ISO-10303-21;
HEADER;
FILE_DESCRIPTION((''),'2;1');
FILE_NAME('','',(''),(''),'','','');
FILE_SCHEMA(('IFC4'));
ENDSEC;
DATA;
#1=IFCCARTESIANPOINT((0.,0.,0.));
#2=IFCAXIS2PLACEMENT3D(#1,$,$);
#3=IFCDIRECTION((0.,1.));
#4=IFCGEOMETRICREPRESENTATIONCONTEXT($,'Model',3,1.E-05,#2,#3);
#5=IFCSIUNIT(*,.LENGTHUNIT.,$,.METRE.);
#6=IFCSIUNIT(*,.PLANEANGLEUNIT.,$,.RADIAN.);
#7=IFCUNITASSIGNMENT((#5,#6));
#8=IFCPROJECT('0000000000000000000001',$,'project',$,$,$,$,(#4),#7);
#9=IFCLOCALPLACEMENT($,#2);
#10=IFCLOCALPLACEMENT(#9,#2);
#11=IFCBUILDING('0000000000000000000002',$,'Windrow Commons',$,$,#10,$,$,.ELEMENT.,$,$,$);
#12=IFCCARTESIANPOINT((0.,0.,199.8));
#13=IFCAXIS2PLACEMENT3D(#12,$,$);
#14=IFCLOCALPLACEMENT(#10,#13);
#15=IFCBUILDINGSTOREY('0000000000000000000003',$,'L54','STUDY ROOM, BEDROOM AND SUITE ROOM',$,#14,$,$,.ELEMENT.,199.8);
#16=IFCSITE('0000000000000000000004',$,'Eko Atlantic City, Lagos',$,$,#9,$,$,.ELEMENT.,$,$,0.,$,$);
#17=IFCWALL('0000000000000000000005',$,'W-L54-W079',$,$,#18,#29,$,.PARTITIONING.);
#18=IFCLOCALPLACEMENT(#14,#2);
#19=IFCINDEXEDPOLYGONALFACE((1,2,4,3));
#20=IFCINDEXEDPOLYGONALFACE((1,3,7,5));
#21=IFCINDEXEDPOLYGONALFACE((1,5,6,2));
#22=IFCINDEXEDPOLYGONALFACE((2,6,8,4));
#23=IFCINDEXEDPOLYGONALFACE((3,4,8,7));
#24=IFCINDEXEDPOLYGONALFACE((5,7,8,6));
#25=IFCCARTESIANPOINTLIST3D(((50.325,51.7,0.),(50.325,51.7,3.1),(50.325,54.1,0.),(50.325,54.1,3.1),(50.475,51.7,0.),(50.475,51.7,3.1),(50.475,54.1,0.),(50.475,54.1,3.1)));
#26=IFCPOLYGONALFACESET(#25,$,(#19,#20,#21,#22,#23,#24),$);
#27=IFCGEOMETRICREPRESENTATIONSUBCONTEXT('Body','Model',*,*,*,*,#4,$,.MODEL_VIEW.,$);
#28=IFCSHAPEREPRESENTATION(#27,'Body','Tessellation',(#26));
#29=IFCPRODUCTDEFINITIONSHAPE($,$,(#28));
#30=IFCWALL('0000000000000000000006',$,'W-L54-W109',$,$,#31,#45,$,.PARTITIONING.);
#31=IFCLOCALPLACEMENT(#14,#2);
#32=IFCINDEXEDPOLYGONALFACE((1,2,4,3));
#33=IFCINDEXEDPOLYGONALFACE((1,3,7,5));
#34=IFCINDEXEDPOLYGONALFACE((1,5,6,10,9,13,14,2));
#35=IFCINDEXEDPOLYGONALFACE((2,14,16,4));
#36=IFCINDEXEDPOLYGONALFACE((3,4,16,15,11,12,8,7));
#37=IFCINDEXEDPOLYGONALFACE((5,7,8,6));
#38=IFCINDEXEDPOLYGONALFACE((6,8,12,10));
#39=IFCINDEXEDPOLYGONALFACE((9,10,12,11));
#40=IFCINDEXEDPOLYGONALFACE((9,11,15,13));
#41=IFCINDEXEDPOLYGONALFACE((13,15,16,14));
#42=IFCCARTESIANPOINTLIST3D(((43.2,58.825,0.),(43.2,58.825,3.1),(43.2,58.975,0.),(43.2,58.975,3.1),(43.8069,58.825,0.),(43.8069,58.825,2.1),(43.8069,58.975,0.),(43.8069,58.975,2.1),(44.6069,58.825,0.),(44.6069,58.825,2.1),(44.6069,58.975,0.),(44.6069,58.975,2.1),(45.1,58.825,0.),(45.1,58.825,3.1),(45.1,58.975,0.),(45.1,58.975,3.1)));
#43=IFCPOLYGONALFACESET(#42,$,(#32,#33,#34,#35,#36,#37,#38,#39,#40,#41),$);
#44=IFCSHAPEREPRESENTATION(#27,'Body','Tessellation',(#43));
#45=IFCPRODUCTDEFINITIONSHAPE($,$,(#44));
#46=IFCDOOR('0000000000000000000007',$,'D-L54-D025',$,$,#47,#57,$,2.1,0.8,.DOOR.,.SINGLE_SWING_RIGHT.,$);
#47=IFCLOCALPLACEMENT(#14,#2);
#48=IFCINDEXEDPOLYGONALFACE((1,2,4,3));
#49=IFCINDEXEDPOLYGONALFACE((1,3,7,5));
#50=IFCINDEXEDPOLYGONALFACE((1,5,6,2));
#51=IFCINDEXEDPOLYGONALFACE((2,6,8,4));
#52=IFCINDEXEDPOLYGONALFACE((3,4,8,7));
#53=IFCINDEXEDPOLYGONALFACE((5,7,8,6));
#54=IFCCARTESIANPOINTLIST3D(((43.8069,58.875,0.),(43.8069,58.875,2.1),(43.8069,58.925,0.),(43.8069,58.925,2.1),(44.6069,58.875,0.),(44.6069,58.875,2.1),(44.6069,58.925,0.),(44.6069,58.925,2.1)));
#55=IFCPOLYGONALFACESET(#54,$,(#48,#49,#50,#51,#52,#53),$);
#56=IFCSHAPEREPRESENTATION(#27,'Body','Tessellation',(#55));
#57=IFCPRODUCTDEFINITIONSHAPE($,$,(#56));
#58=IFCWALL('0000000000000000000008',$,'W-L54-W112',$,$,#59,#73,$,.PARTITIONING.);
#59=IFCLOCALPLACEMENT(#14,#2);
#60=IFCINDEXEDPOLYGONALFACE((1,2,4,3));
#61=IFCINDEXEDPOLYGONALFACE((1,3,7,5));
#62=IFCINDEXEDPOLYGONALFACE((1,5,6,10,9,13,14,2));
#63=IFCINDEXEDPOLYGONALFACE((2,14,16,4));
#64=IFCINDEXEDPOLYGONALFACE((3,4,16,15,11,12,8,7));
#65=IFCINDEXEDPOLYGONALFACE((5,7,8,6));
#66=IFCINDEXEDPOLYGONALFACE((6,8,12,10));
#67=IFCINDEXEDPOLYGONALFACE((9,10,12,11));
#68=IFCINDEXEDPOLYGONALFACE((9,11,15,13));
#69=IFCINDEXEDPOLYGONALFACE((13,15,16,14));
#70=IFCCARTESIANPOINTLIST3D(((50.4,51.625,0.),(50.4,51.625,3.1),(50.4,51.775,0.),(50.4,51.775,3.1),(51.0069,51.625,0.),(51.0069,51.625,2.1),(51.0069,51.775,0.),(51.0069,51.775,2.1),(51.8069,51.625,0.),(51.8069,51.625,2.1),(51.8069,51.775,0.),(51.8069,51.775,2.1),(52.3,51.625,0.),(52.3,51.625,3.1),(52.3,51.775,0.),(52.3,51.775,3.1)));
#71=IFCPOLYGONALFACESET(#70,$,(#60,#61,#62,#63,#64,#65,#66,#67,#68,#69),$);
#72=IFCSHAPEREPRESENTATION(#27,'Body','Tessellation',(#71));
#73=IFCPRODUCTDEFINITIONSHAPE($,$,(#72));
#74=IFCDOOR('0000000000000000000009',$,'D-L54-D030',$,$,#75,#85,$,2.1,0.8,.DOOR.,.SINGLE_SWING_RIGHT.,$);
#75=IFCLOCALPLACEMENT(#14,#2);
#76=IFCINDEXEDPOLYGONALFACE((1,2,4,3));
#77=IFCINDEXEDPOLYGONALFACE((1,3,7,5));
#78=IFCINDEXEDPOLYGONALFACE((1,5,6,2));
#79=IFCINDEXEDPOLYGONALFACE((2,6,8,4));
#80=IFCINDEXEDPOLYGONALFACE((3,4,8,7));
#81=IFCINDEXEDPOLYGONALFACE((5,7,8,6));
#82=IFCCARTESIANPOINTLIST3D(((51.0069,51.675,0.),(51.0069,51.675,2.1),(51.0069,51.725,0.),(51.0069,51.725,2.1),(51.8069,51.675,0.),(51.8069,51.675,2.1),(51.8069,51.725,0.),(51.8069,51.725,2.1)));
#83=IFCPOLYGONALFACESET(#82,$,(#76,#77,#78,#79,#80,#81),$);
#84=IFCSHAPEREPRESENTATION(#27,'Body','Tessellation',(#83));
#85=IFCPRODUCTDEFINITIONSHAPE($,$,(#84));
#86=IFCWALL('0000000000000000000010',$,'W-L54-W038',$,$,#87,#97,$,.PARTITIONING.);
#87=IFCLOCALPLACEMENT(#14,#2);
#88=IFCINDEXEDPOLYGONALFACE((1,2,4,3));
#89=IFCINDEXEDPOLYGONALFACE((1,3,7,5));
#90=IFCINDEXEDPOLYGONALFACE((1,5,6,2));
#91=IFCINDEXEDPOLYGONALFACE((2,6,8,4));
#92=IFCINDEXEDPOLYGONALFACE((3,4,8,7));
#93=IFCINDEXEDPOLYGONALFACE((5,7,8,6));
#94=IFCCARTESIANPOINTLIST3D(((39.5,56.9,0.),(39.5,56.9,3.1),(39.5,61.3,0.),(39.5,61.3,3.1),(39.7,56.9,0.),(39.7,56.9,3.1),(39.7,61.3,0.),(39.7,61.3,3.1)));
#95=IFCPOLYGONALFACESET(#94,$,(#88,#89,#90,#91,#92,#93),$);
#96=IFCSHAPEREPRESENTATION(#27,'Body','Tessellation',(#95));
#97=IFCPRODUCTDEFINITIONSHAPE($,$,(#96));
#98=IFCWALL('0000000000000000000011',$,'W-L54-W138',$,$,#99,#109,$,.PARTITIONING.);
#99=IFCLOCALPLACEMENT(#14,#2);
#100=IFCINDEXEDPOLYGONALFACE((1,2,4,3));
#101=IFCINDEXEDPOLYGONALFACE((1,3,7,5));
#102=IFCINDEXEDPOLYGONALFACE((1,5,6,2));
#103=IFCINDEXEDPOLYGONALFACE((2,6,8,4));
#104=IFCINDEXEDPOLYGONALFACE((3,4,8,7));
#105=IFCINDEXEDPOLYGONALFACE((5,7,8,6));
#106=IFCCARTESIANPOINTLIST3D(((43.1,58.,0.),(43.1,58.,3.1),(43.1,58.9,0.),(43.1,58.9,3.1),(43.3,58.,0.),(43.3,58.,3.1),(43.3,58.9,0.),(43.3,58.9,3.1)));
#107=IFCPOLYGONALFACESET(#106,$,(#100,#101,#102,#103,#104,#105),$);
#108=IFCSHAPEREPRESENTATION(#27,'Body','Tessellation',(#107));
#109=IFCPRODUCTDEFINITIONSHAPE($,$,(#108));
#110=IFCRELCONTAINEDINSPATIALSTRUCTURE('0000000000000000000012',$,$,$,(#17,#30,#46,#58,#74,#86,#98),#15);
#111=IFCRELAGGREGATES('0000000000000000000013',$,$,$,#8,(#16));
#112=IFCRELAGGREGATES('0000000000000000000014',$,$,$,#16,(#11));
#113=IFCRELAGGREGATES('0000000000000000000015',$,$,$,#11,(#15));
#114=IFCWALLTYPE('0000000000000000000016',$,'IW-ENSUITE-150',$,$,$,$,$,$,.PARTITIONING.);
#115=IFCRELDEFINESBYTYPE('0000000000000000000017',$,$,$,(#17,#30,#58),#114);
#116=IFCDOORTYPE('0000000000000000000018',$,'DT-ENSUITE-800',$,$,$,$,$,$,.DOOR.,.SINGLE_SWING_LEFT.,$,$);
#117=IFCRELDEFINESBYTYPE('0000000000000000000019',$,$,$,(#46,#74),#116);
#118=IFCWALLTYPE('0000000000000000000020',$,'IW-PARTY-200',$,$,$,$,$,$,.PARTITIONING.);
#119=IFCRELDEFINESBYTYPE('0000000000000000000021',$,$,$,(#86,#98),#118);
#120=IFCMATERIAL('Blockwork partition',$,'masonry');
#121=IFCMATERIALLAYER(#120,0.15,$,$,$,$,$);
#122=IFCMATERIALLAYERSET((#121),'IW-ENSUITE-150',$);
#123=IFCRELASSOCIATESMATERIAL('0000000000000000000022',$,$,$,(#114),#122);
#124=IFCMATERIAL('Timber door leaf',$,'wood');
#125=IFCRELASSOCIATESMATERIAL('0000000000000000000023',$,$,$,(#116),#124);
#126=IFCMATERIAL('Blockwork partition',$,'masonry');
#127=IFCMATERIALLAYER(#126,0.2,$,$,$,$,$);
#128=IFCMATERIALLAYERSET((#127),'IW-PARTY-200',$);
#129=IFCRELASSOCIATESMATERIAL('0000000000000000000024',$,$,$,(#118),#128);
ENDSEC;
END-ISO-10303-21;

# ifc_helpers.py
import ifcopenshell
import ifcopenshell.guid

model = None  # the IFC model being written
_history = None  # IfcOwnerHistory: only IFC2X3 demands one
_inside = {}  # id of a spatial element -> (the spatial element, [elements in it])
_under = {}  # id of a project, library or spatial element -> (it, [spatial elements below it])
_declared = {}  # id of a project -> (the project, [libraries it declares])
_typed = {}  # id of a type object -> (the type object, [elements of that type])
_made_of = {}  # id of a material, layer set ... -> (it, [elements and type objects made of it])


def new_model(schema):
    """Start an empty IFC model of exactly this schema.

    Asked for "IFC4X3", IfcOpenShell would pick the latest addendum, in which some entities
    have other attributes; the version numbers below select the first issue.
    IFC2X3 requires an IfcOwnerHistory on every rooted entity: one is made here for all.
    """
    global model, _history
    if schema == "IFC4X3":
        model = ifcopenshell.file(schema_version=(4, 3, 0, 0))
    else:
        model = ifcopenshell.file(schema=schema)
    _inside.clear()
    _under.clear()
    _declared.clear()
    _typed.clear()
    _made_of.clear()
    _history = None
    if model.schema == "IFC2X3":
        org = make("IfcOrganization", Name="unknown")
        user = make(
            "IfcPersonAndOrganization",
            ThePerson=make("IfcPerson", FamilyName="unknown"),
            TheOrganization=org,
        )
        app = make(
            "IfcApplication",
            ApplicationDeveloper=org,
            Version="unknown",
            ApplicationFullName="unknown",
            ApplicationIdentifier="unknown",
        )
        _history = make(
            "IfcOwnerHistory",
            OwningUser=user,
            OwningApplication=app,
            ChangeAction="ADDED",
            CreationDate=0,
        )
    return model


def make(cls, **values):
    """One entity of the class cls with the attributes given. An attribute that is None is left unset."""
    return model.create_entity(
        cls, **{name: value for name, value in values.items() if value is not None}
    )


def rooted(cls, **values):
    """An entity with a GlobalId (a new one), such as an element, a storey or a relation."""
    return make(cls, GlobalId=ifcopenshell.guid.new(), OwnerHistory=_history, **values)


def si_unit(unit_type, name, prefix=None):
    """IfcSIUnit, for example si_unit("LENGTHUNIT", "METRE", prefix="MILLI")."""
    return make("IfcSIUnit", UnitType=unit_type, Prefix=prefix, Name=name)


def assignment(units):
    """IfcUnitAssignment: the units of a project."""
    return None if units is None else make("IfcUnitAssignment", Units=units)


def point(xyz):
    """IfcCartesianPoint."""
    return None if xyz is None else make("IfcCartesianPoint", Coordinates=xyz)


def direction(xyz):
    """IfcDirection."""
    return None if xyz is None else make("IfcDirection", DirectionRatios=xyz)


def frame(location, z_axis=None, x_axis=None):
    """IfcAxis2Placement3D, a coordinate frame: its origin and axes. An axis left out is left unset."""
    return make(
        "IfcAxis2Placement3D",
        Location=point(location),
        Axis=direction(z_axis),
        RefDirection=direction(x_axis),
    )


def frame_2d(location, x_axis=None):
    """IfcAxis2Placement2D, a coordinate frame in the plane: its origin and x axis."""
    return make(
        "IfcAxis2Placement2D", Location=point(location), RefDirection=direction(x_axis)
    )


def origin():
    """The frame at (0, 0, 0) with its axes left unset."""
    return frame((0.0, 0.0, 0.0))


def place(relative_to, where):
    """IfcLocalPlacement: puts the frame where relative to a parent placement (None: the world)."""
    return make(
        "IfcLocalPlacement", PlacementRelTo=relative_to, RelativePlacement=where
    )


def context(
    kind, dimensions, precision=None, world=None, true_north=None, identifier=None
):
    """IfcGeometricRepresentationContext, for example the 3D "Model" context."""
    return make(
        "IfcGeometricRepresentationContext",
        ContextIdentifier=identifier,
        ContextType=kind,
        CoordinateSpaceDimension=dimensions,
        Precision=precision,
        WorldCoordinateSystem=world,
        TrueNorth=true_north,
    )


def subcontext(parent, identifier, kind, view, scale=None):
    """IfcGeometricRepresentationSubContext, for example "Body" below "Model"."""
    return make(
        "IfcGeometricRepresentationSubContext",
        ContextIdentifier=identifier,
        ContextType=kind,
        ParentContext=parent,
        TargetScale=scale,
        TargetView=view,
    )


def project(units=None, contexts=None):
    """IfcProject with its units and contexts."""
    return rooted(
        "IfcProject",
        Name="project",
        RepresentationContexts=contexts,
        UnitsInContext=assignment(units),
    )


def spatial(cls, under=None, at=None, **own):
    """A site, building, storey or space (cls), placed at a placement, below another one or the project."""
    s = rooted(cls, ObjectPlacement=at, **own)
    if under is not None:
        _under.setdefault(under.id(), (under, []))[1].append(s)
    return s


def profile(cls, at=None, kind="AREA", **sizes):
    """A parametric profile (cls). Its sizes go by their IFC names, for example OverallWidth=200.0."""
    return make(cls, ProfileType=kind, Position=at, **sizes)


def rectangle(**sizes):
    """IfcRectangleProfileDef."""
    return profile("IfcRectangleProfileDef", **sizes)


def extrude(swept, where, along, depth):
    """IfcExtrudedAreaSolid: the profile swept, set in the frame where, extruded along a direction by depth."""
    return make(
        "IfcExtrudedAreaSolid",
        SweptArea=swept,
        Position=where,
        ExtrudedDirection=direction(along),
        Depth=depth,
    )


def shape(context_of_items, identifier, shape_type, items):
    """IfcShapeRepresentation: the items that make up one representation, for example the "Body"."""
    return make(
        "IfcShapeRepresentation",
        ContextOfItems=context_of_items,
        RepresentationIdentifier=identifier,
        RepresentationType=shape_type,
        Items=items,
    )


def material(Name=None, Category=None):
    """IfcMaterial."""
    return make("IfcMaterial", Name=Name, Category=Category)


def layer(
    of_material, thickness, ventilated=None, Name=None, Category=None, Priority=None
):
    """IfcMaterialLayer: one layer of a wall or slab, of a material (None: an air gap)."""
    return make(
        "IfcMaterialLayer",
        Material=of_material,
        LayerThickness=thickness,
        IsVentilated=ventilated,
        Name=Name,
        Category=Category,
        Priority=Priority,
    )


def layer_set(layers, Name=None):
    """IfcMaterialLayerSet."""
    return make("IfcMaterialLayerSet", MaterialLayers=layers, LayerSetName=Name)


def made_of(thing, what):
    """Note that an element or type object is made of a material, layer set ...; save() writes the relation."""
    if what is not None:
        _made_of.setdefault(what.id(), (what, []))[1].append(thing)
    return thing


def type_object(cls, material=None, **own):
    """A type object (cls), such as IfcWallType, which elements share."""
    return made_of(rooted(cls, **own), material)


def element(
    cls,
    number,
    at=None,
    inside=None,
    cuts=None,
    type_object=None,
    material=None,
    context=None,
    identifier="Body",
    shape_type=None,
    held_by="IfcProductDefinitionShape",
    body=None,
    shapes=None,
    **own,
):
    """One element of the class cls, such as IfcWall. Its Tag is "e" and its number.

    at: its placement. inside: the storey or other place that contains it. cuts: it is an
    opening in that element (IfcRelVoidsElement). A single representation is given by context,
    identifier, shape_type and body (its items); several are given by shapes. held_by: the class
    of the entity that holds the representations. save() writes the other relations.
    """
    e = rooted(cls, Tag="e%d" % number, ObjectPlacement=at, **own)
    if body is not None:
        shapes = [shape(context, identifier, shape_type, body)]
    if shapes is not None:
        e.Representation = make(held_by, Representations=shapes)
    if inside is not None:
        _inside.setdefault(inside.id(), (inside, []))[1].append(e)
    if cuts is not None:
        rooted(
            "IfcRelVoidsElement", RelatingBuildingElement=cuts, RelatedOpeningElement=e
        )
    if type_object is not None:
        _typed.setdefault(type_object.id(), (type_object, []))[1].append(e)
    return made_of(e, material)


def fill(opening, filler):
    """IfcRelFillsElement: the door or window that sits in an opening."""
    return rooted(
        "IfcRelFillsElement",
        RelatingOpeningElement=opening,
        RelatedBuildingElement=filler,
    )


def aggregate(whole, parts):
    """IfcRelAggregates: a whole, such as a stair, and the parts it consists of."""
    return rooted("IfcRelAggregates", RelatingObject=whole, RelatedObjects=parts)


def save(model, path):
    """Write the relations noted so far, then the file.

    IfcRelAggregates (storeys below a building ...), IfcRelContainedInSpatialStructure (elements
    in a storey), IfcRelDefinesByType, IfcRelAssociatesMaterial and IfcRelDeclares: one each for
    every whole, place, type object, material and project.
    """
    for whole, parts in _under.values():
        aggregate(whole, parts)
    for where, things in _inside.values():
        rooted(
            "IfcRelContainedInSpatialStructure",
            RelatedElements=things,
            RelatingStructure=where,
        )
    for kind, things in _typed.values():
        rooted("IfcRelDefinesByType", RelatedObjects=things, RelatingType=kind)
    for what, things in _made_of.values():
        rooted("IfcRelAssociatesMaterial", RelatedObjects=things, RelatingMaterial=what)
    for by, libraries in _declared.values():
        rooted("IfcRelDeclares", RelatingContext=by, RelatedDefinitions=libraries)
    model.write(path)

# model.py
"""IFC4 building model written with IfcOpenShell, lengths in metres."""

from ifc_helpers import new_model, si_unit, direction, frame, frame_2d, origin, place, context, subcontext, project, spatial, rectangle, extrude, material, layer, layer_set, type_object, element, fill, save


model = new_model("IFC4")

# Units and contexts
model_context = context("Model", 3, precision=1e-05, world=origin(), true_north=direction((0.0, 1.0)))
body_context = subcontext(model_context, "Body", "Model", "MODEL_VIEW")
ifc_project = project(units=[si_unit("LENGTHUNIT", "METRE"), si_unit("PLANEANGLEUNIT", "RADIAN")], contexts=[model_context])

# Site, building, storey
site_placement = place(None, origin())
site = spatial("IfcSite", under=ifc_project, at=site_placement, Name="Eko Atlantic City, Lagos", CompositionType="ELEMENT", RefElevation=0.0)
building_placement = place(site_placement, origin())
building = spatial("IfcBuilding", under=site, at=building_placement, Name="Windrow Commons", CompositionType="ELEMENT")
storey_placement = place(building_placement, frame((0.0, 0.0, 199.8)))
storey = spatial("IfcBuildingStorey", under=building, at=storey_placement, Name="L54", Description="STUDY ROOM, BEDROOM AND SUITE ROOM", CompositionType="ELEMENT", Elevation=199.8)

# Wall
ifc_material_1 = material(Name="Blockwork partition", Category="masonry")
ifc_layer_1 = layer(ifc_material_1, 0.15)
ifc_layer_set_1 = layer_set([ifc_layer_1], Name="IW-ENSUITE-150")
wall_type_1 = type_object("IfcWallType", Name="IW-ENSUITE-150", PredefinedType="PARTITIONING", material=ifc_layer_set_1)
for number, where, z_axis, x_axis, name in (
    (1, (50.4, 51.7, 0.0), (0.0, 0.0, 1.0), (0.0, 1.0, 0.0), "W-L54-W079"),
):
    element("IfcWall", number, at=place(storey_placement, frame(where, z_axis=z_axis, x_axis=x_axis)), inside=storey, type_object=wall_type_1, Name=name, PredefinedType="PARTITIONING", context=body_context, shape_type="SweptSolid", body=[
        extrude(rectangle(XDim=2.4, YDim=0.15, at=frame_2d((1.2, 0.0))), origin(), (0.0, 0.0, 1.0), 3.1),
    ])

# Walls, openings, doors
wall_1_placement = place(storey_placement, frame((43.2, 58.9, 0.0), z_axis=(0.0, 0.0, 1.0), x_axis=(1.0, 0.0, 0.0)))
wall_1 = element("IfcWall", 2, at=wall_1_placement, inside=storey, type_object=wall_type_1, Name="W-L54-W109", PredefinedType="PARTITIONING", context=body_context, shape_type="SweptSolid", body=[
    extrude(rectangle(XDim=1.9, YDim=0.15, at=frame_2d((0.95, 0.0))), origin(), (0.0, 0.0, 1.0), 3.1),
])
opening_1_placement = place(wall_1_placement, frame((0.6069, 0.0, 0.0)))
opening_1 = element("IfcOpeningElement", 3, at=opening_1_placement, cuts=wall_1, PredefinedType="OPENING", context=body_context, shape_type="SweptSolid", body=[
    extrude(rectangle(XDim=0.8, YDim=2.1, at=frame_2d((0.4, 1.05))), frame((0.0, 0.085, 0.0), z_axis=(0.0, -1.0, 0.0), x_axis=(1.0, 0.0, 0.0)), (0.0, 0.0, 1.0), 0.17),
])
ifc_material_2 = material(Name="Timber door leaf", Category="wood")
door_type_1 = type_object("IfcDoorType", Name="DT-ENSUITE-800", OperationType="SINGLE_SWING_LEFT", PredefinedType="DOOR", material=ifc_material_2)
door_1_placement = place(opening_1_placement, origin())
door_1 = element("IfcDoor", 4, at=door_1_placement, inside=storey, type_object=door_type_1, Name="D-L54-D025", OperationType="SINGLE_SWING_RIGHT", OverallHeight=2.1, OverallWidth=0.8, PredefinedType="DOOR", context=body_context, shape_type="SweptSolid", body=[
    extrude(rectangle(XDim=0.8, YDim=2.1, at=frame_2d((0.4, 1.05))), frame((0.0, 0.025, 0.0), z_axis=(0.0, -1.0, 0.0), x_axis=(1.0, 0.0, 0.0)), (0.0, 0.0, 1.0), 0.05),
])
fill(opening_1, door_1)
wall_2_placement = place(storey_placement, frame((50.4, 51.7, 0.0), z_axis=(0.0, 0.0, 1.0), x_axis=(1.0, 0.0, 0.0)))
wall_2 = element("IfcWall", 5, at=wall_2_placement, inside=storey, type_object=wall_type_1, Name="W-L54-W112", PredefinedType="PARTITIONING", context=body_context, shape_type="SweptSolid", body=[
    extrude(rectangle(XDim=1.9, YDim=0.15, at=frame_2d((0.95, 0.0))), origin(), (0.0, 0.0, 1.0), 3.1),
])
opening_2_placement = place(wall_2_placement, frame((0.6069, 0.0, 0.0)))
opening_2 = element("IfcOpeningElement", 6, at=opening_2_placement, cuts=wall_2, PredefinedType="OPENING", context=body_context, shape_type="SweptSolid", body=[
    extrude(rectangle(XDim=0.8, YDim=2.1, at=frame_2d((0.4, 1.05))), frame((0.0, 0.085, 0.0), z_axis=(0.0, -1.0, 0.0), x_axis=(1.0, 0.0, 0.0)), (0.0, 0.0, 1.0), 0.17),
])
door_2_placement = place(opening_2_placement, origin())
door_2 = element("IfcDoor", 7, at=door_2_placement, inside=storey, type_object=door_type_1, Name="D-L54-D030", OperationType="SINGLE_SWING_RIGHT", OverallHeight=2.1, OverallWidth=0.8, PredefinedType="DOOR", context=body_context, shape_type="SweptSolid", body=[
    extrude(rectangle(XDim=0.8, YDim=2.1, at=frame_2d((0.4, 1.05))), frame((0.0, 0.025, 0.0), z_axis=(0.0, -1.0, 0.0), x_axis=(1.0, 0.0, 0.0)), (0.0, 0.0, 1.0), 0.05),
])
fill(opening_2, door_2)

# Walls
ifc_material_3 = material(Name="Blockwork partition", Category="masonry")
ifc_layer_2 = layer(ifc_material_3, 0.2)
ifc_layer_set_2 = layer_set([ifc_layer_2], Name="IW-PARTY-200")
wall_type_2 = type_object("IfcWallType", Name="IW-PARTY-200", PredefinedType="PARTITIONING", material=ifc_layer_set_2)
wall_3_placement = place(storey_placement, frame((39.6, 56.9, 0.0), z_axis=(0.0, 0.0, 1.0), x_axis=(0.0, 1.0, 0.0)))
element("IfcWall", 8, at=wall_3_placement, inside=storey, type_object=wall_type_2, Name="W-L54-W038", PredefinedType="PARTITIONING", context=body_context, shape_type="SweptSolid", body=[
    extrude(rectangle(XDim=4.4, YDim=0.2, at=frame_2d((2.2, 0.0))), origin(), (0.0, 0.0, 1.0), 3.1),
])
wall_4_placement = place(storey_placement, frame((43.2, 58.0, 0.0), z_axis=(0.0, 0.0, 1.0), x_axis=(0.0, 1.0, 0.0)))
element("IfcWall", 9, at=wall_4_placement, inside=storey, type_object=wall_type_2, Name="W-L54-W138", PredefinedType="PARTITIONING", context=body_context, shape_type="SweptSolid", body=[
    extrude(rectangle(XDim=0.9, YDim=0.2, at=frame_2d((0.45, 0.0))), origin(), (0.0, 0.0, 1.0), 3.1),
])

save(model, "model.ifc")
